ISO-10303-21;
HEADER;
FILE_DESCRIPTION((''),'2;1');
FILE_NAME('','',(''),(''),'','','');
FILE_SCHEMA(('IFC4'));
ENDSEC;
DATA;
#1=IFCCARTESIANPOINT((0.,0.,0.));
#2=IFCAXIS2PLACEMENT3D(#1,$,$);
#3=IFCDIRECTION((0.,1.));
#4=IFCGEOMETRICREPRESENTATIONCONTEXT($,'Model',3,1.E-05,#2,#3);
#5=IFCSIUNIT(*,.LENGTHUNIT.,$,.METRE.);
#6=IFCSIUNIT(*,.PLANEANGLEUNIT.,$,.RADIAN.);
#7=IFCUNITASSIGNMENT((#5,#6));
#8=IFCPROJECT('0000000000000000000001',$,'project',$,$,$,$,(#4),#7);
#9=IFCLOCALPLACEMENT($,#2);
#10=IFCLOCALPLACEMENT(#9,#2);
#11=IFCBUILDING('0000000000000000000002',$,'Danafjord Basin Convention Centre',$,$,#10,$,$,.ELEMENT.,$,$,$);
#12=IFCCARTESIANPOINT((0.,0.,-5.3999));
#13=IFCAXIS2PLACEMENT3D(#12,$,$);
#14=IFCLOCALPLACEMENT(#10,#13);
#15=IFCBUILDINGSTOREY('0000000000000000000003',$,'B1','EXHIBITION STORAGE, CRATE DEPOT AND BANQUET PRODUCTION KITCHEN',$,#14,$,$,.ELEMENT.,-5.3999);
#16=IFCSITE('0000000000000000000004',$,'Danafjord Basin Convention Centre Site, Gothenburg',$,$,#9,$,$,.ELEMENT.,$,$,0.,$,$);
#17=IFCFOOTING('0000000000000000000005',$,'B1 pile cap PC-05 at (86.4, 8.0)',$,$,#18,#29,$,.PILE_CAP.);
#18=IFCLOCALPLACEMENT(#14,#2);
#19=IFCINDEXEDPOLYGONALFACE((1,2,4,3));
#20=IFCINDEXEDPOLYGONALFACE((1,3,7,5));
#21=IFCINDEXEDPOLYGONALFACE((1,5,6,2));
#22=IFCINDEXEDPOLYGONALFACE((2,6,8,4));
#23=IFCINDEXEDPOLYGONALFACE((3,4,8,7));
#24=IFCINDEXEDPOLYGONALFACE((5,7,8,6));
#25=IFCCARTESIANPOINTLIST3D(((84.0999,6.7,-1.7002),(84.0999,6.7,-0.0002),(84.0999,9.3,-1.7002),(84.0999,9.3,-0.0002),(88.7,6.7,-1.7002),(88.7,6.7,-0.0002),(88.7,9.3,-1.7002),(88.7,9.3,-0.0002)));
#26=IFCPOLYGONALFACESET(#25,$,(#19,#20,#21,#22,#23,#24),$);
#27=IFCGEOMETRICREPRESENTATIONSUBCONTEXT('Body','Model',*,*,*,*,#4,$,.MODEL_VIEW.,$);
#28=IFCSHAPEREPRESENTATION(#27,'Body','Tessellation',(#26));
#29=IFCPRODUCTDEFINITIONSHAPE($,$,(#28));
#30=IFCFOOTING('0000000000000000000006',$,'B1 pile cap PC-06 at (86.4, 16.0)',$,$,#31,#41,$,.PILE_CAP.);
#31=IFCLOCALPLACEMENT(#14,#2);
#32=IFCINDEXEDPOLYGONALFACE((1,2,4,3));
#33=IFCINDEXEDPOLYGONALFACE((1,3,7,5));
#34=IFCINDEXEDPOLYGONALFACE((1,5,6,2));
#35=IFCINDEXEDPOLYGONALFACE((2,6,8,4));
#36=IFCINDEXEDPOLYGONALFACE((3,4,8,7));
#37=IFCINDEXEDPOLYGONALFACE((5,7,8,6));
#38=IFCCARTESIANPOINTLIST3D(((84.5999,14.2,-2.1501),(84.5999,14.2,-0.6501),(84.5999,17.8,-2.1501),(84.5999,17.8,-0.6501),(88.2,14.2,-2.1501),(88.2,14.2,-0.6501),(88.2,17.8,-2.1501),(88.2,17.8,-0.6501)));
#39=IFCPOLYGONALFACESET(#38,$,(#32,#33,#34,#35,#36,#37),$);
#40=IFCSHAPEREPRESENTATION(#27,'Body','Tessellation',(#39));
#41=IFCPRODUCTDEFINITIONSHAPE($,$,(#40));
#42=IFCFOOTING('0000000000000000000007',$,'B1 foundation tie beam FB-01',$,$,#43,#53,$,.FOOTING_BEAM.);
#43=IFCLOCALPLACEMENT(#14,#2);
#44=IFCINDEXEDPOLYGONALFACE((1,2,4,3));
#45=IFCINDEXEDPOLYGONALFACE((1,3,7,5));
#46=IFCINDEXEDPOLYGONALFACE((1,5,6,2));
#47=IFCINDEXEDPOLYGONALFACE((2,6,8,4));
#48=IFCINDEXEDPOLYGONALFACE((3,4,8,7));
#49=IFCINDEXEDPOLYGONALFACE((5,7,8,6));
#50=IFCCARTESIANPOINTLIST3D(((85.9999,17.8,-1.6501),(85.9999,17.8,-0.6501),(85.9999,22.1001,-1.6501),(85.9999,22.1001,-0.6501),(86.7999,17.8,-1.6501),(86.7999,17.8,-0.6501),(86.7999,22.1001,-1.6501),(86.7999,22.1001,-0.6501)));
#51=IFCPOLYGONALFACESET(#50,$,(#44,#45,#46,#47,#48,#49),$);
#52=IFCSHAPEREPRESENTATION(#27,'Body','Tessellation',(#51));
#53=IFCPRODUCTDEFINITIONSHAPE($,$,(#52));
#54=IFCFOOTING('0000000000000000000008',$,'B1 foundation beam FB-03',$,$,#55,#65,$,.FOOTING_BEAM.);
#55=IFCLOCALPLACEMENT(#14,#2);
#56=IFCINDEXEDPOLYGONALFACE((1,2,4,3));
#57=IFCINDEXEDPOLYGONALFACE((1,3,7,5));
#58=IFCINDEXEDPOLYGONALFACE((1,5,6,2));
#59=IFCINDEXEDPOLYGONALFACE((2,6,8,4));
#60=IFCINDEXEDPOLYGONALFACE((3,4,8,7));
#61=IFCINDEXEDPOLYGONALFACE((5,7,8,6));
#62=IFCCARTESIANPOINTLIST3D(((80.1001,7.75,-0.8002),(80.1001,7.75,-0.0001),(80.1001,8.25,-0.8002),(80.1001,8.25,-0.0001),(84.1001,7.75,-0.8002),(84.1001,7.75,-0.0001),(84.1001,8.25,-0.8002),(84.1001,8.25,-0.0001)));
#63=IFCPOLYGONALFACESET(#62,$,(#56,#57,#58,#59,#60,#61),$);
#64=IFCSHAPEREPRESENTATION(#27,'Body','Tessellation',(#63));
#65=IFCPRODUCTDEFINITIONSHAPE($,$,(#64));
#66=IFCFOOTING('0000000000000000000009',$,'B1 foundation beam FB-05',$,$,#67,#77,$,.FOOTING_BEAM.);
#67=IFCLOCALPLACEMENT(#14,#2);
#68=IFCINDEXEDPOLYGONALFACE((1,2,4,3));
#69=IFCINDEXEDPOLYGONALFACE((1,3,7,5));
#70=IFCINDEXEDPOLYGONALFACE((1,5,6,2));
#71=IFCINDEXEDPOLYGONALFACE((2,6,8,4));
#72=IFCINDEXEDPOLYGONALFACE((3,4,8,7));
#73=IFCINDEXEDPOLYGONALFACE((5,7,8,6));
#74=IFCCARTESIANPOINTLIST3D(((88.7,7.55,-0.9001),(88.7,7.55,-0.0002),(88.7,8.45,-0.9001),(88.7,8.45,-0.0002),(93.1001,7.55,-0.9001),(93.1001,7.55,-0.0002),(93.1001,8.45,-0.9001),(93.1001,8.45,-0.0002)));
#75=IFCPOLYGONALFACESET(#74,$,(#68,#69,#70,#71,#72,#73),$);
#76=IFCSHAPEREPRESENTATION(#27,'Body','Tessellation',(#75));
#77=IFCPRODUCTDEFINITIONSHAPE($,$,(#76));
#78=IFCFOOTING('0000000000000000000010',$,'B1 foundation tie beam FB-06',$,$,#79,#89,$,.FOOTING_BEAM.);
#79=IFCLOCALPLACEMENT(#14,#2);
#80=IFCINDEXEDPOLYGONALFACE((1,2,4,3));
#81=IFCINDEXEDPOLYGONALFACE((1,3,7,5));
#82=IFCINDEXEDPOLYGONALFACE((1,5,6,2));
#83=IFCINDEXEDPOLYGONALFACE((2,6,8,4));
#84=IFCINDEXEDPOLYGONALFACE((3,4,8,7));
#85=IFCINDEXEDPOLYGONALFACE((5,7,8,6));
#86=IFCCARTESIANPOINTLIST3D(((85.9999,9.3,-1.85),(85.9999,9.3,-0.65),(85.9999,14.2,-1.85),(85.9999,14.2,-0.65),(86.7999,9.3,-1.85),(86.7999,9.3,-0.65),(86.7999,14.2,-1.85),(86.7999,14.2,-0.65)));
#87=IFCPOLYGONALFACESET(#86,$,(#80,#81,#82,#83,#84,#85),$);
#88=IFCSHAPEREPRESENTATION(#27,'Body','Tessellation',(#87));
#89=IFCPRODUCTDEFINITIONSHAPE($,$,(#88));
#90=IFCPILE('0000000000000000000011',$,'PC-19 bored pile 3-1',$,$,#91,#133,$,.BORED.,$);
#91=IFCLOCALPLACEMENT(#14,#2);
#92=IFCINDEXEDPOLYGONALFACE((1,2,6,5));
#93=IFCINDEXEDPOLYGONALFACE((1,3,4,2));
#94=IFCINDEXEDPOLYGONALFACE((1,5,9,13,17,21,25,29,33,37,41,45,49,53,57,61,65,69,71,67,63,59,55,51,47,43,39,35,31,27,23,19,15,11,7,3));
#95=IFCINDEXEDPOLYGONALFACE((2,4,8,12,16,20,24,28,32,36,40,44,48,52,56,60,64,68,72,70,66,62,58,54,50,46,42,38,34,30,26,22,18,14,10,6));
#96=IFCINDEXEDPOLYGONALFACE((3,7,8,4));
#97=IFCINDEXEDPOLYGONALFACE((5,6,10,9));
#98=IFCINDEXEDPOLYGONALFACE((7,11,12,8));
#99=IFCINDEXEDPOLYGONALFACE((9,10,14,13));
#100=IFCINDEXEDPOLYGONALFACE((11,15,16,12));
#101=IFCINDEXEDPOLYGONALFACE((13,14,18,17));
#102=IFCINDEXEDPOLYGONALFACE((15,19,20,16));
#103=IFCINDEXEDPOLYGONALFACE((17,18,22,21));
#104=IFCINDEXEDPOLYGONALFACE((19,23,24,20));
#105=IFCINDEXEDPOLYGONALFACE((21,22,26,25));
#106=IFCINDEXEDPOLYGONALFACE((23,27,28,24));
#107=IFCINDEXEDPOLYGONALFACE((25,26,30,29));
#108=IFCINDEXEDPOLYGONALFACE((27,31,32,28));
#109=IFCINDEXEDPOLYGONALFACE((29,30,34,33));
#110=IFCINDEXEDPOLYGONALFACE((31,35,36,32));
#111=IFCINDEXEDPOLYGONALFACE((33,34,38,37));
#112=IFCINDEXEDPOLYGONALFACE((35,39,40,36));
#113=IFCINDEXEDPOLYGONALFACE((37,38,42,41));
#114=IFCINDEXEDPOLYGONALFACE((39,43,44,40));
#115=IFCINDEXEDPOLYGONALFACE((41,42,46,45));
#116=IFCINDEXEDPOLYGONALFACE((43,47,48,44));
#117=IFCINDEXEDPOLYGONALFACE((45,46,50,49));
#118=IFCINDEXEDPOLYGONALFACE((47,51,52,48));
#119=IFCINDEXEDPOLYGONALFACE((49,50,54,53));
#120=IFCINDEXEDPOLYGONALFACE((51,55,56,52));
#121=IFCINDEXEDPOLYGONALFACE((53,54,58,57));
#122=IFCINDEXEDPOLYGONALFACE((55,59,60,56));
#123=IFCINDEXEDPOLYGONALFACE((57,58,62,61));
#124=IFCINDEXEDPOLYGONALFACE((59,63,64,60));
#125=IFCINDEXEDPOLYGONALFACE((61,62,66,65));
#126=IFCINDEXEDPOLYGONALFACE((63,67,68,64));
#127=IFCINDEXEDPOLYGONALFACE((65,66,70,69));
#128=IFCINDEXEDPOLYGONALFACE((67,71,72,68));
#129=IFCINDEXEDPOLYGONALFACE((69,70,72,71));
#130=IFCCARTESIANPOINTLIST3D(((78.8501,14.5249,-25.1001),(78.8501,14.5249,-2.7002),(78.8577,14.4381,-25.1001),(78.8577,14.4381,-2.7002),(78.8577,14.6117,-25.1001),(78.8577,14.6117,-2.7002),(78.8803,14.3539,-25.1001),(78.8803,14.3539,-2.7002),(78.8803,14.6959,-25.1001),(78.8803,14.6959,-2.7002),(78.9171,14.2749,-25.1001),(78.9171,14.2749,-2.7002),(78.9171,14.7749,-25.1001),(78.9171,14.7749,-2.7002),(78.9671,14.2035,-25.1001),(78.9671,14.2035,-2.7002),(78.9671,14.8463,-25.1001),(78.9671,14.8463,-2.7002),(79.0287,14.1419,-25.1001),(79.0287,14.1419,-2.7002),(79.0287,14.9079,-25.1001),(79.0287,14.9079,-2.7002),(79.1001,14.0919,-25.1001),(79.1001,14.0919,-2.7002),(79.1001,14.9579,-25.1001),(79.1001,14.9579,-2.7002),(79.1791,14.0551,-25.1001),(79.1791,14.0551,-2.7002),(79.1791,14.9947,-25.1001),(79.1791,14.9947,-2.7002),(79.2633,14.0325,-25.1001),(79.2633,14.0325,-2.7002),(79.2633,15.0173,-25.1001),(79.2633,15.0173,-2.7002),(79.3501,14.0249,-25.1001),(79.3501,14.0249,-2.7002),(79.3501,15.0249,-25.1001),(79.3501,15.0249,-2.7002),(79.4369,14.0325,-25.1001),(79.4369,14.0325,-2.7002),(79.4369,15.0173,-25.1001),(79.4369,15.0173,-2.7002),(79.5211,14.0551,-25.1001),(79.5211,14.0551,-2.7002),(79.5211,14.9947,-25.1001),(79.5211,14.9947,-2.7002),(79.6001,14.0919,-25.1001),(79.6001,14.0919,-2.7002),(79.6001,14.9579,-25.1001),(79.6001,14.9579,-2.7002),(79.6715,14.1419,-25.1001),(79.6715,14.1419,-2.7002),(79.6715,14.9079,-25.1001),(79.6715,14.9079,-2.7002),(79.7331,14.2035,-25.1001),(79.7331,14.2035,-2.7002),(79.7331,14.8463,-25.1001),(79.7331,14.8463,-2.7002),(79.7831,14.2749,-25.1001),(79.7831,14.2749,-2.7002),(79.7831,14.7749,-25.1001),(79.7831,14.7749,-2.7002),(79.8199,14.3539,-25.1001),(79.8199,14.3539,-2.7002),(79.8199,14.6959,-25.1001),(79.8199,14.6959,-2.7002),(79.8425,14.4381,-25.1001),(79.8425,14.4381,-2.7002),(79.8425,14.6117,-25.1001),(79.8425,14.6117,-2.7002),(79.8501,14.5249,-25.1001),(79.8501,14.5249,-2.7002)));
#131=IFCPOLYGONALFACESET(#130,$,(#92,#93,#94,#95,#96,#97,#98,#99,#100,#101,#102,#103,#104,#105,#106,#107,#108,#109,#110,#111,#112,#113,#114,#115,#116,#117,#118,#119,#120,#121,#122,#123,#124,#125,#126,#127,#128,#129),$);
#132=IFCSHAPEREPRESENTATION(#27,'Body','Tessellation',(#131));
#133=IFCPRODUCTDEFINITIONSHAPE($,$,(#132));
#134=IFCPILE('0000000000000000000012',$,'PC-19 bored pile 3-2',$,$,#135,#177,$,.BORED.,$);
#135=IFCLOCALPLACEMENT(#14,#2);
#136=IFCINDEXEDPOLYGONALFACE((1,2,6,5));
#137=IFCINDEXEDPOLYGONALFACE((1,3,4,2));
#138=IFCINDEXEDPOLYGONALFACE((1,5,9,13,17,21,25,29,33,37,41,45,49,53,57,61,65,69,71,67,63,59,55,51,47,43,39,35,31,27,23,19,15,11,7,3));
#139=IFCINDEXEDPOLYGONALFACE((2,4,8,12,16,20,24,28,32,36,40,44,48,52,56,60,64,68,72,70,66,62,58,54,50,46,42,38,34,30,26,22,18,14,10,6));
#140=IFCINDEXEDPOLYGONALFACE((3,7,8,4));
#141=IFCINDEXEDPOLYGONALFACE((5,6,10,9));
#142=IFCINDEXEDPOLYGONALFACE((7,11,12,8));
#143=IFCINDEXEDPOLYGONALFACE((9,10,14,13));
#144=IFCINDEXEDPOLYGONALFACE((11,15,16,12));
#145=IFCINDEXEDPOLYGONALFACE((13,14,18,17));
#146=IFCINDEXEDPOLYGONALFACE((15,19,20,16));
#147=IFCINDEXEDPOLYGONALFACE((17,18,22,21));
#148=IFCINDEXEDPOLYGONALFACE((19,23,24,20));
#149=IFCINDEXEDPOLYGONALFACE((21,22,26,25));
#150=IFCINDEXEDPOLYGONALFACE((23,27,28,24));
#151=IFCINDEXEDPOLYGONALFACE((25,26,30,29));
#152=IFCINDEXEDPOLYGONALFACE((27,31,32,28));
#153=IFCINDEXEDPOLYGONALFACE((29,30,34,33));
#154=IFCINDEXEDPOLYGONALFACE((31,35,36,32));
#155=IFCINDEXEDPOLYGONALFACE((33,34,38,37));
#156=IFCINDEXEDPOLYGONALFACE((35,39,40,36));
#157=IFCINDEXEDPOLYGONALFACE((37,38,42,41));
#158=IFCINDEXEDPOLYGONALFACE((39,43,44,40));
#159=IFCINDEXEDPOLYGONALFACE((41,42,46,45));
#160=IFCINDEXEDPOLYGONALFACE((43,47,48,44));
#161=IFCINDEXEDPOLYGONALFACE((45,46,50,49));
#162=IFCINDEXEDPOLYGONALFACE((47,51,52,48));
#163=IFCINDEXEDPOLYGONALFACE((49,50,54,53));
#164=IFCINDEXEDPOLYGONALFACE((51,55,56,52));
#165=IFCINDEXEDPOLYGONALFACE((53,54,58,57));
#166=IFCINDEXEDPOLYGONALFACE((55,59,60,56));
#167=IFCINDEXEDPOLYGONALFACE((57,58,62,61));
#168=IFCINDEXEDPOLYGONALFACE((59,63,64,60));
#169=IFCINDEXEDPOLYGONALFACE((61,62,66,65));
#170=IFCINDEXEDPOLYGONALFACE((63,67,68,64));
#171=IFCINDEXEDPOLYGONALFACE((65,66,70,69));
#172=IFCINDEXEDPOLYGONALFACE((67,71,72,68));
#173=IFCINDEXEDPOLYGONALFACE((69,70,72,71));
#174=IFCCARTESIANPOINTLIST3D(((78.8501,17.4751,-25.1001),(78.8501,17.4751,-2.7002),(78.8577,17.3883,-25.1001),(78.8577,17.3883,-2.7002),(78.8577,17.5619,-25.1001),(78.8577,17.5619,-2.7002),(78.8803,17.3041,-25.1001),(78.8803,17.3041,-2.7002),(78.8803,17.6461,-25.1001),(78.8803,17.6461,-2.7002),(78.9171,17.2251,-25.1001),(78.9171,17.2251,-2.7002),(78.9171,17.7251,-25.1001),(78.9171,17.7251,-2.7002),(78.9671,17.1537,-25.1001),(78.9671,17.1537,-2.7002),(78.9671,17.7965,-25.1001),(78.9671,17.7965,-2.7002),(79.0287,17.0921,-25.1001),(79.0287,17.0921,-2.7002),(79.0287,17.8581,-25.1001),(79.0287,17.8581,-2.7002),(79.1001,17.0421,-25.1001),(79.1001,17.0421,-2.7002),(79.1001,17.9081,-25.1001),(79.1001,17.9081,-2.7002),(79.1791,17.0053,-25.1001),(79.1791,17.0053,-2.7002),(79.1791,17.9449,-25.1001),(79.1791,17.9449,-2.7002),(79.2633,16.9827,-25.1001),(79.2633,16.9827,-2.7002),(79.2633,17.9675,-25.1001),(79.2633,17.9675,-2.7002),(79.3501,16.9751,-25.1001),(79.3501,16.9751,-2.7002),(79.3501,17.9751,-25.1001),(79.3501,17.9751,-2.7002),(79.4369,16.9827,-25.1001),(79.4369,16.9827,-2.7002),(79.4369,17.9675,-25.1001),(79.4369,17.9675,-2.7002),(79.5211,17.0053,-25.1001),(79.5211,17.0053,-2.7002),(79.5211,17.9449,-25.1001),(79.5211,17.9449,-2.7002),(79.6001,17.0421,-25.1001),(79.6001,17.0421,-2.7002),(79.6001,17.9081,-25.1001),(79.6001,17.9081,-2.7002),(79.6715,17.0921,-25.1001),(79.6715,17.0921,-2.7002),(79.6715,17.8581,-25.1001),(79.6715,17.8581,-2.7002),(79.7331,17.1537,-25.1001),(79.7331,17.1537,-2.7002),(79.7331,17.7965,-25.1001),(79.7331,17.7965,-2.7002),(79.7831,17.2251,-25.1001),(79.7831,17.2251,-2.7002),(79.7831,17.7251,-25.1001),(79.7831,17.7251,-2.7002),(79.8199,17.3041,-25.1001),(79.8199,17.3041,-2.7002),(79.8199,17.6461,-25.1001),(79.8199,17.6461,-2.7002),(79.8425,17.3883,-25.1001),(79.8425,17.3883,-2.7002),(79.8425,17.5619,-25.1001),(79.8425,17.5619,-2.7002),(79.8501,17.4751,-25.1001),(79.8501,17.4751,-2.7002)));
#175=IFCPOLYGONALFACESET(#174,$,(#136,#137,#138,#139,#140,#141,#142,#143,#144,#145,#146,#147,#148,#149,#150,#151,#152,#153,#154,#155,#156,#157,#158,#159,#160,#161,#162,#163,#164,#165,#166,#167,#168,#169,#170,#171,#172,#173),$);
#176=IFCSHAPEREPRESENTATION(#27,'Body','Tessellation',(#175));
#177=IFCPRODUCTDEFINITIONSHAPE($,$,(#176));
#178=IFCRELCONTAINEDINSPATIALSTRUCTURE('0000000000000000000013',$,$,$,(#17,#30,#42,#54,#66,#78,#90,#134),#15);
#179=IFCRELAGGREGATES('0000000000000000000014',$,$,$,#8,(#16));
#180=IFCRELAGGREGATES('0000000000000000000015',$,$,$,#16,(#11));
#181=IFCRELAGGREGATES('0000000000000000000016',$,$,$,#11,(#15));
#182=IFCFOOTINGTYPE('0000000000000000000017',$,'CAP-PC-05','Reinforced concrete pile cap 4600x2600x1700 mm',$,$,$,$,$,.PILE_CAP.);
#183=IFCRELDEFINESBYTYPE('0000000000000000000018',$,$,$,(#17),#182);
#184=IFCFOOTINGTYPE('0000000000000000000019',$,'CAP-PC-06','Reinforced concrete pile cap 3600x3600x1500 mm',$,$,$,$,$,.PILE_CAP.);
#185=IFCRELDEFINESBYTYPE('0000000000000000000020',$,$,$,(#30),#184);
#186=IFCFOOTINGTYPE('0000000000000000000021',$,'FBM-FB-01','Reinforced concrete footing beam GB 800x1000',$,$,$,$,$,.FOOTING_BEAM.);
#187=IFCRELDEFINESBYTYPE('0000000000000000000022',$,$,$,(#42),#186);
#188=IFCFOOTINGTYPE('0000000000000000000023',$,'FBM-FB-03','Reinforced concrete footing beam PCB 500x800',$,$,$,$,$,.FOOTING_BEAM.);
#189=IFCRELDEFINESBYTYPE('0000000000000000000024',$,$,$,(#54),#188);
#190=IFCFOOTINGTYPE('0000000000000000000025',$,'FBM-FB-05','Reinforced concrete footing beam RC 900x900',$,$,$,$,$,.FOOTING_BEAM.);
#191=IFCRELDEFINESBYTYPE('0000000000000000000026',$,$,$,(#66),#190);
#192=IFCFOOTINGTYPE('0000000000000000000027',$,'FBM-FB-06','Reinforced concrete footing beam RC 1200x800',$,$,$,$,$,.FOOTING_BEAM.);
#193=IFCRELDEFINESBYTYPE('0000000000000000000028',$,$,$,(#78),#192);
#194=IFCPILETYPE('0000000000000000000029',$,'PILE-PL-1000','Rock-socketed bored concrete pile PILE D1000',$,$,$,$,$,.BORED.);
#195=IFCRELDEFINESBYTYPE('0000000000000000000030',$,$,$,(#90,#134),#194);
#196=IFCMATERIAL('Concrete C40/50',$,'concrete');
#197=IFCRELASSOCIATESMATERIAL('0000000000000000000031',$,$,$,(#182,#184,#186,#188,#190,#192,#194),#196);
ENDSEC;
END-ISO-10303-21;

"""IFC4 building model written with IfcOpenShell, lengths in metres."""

from ifc_helpers import new_model, si_unit, direction, frame, origin, origin_2d, place, context, subcontext, project, spatial, rectangle, circle, extrude, material, material_profile, profile_set, type_object, element, save


model = new_model("IFC4")

# Units and contexts
model_context = context("Model", 3, precision=1e-05, world=origin(), true_north=direction((0.0, 1.0)))
body_context = subcontext(model_context, "Body", "Model", "MODEL_VIEW")
ifc_project = project(units=[si_unit("LENGTHUNIT", "METRE"), si_unit("PLANEANGLEUNIT", "RADIAN")], contexts=[model_context])

# Site, building, storey
site_placement = place(None, origin())
site = spatial("IfcSite", under=ifc_project, at=site_placement, Name="Danafjord Basin Convention Centre Site, Gothenburg", CompositionType="ELEMENT", RefElevation=0.0)
building_placement = place(site_placement, origin())
building = spatial("IfcBuilding", under=site, at=building_placement, Name="Danafjord Basin Convention Centre", CompositionType="ELEMENT")
storey_placement = place(building_placement, frame((0.0, 0.0, -5.3999)))
storey = spatial("IfcBuildingStorey", under=building, at=storey_placement, Name="B1", Description="EXHIBITION STORAGE, CRATE DEPOT AND BANQUET PRODUCTION KITCHEN", CompositionType="ELEMENT", Elevation=-5.3999)

# Footings
ifc_material_1 = material(Name="Concrete C40/50", Category="concrete")
footing_type_1 = type_object("IfcFootingType", Name="CAP-PC-05", Description="Reinforced concrete pile cap 4600x2600x1700 mm", PredefinedType="PILE_CAP", material=ifc_material_1)
footing_1_placement = place(storey_placement, frame((86.3999, 8.0, -1.7002), z_axis=(0.0, 0.0, 1.0), x_axis=(1.0, 0.0, 0.0)))
element("IfcFooting", 1, at=footing_1_placement, inside=storey, type_object=footing_type_1, Name="B1 pile cap PC-05 at (86.4, 8.0)", PredefinedType="PILE_CAP", context=body_context, shape_type="SweptSolid", body=[
    extrude(rectangle(XDim=4.6001, YDim=2.6001, at=origin_2d()), origin(), (0.0, 0.0, 1.0), 1.7),
])
footing_type_2 = type_object("IfcFootingType", Name="CAP-PC-06", Description="Reinforced concrete pile cap 3600x3600x1500 mm", PredefinedType="PILE_CAP", material=ifc_material_1)
footing_2_placement = place(storey_placement, frame((86.3999, 16.0, -2.1501), z_axis=(0.0, 0.0, 1.0), x_axis=(1.0, 0.0, 0.0)))
element("IfcFooting", 2, at=footing_2_placement, inside=storey, type_object=footing_type_2, Name="B1 pile cap PC-06 at (86.4, 16.0)", PredefinedType="PILE_CAP", context=body_context, shape_type="SweptSolid", body=[
    extrude(rectangle(XDim=3.6001, YDim=3.6001, at=origin_2d()), origin(), (0.0, 0.0, 1.0), 1.5),
])
ifc_material_profile_1 = material_profile(ifc_material_1, rectangle(XDim=0.8, YDim=1.0, at=origin_2d()), Name="GB 800x1000")
ifc_profile_set_1 = profile_set([ifc_material_profile_1], Name="Concrete C40/50")
footing_type_3 = type_object("IfcFootingType", Name="FBM-FB-01", Description="Reinforced concrete footing beam GB 800x1000", PredefinedType="FOOTING_BEAM", material=ifc_profile_set_1)
footing_3_placement = place(storey_placement, frame((86.3999, 17.8, -1.1501), z_axis=(0.0, 1.0, 0.0), x_axis=(-1.0, 0.0, 0.0)))
element("IfcFooting", 3, at=footing_3_placement, inside=storey, type_object=footing_type_3, Name="B1 foundation tie beam FB-01", PredefinedType="FOOTING_BEAM", context=body_context, shape_type="SweptSolid", body=[
    extrude(rectangle(XDim=0.8, YDim=1.0, at=origin_2d()), origin(), (0.0, 0.0, 1.0), 4.3),
])
ifc_material_profile_2 = material_profile(ifc_material_1, rectangle(XDim=0.5, YDim=0.8, at=origin_2d()), Name="PCB 500x800")
ifc_profile_set_2 = profile_set([ifc_material_profile_2], Name="Concrete C40/50")
footing_type_4 = type_object("IfcFootingType", Name="FBM-FB-03", Description="Reinforced concrete footing beam PCB 500x800", PredefinedType="FOOTING_BEAM", material=ifc_profile_set_2)
footing_4_placement = place(storey_placement, frame((80.1001, 8.0, -0.4001), z_axis=(1.0, 0.0, 0.0), x_axis=(0.0, 1.0, 0.0)))
element("IfcFooting", 4, at=footing_4_placement, inside=storey, type_object=footing_type_4, Name="B1 foundation beam FB-03", PredefinedType="FOOTING_BEAM", context=body_context, shape_type="SweptSolid", body=[
    extrude(rectangle(XDim=0.5, YDim=0.8, at=origin_2d()), origin(), (0.0, 0.0, 1.0), 4.0),
])
ifc_material_profile_3 = material_profile(ifc_material_1, rectangle(XDim=0.8999, YDim=0.8999, at=origin_2d()), Name="RC 900x900")
ifc_profile_set_3 = profile_set([ifc_material_profile_3], Name="Concrete C40/50")
footing_type_5 = type_object("IfcFootingType", Name="FBM-FB-05", Description="Reinforced concrete footing beam RC 900x900", PredefinedType="FOOTING_BEAM", material=ifc_profile_set_3)
footing_5_placement = place(storey_placement, frame((88.7, 8.0, -0.4502), z_axis=(1.0, 0.0, 0.0), x_axis=(0.0, 1.0, 0.0)))
element("IfcFooting", 5, at=footing_5_placement, inside=storey, type_object=footing_type_5, Name="B1 foundation beam FB-05", PredefinedType="FOOTING_BEAM", context=body_context, shape_type="SweptSolid", body=[
    extrude(rectangle(XDim=0.8999, YDim=0.8999, at=origin_2d()), origin(), (0.0, 0.0, 1.0), 4.4001),
])
ifc_material_profile_4 = material_profile(ifc_material_1, rectangle(XDim=0.8, YDim=1.2, at=origin_2d()), Name="RC 1200x800")
ifc_profile_set_4 = profile_set([ifc_material_profile_4], Name="Concrete C40/50")
footing_type_6 = type_object("IfcFootingType", Name="FBM-FB-06", Description="Reinforced concrete footing beam RC 1200x800", PredefinedType="FOOTING_BEAM", material=ifc_profile_set_4)
footing_6_placement = place(storey_placement, frame((86.3999, 9.3, -1.25), z_axis=(0.0, 1.0, 0.0), x_axis=(-1.0, 0.0, 0.0)))
element("IfcFooting", 6, at=footing_6_placement, inside=storey, type_object=footing_type_6, Name="B1 foundation tie beam FB-06", PredefinedType="FOOTING_BEAM", context=body_context, shape_type="SweptSolid", body=[
    extrude(rectangle(XDim=0.8, YDim=1.2, at=origin_2d()), origin(), (0.0, 0.0, 1.0), 4.8999),
])

# Piles
ifc_material_profile_5 = material_profile(ifc_material_1, circle(Radius=0.5, at=origin_2d()), Name="PILE D1000")
ifc_profile_set_5 = profile_set([ifc_material_profile_5], Name="Concrete C40/50")
pile_type_1 = type_object("IfcPileType", Name="PILE-PL-1000", Description="Rock-socketed bored concrete pile PILE D1000", PredefinedType="BORED", material=ifc_profile_set_5)
for number, where, z_axis, x_axis, name in (
    (7, (79.3501, 14.5249, -2.7002), (0.0, 0.0, -1.0), (1.0, 0.0, 0.0), "PC-19 bored pile 3-1"),
    (8, (79.3501, 17.4751, -2.7002), (0.0, 0.0, -1.0), (1.0, 0.0, 0.0), "PC-19 bored pile 3-2"),
):
    element("IfcPile", number, at=place(storey_placement, frame(where, z_axis=z_axis, x_axis=x_axis)), inside=storey, type_object=pile_type_1, Name=name, PredefinedType="BORED", context=body_context, shape_type="SweptSolid", body=[
        extrude(circle(Radius=0.5, at=origin_2d()), origin(), (0.0, 0.0, 1.0), 22.3999),
    ])

save(model, "model.ifc")
